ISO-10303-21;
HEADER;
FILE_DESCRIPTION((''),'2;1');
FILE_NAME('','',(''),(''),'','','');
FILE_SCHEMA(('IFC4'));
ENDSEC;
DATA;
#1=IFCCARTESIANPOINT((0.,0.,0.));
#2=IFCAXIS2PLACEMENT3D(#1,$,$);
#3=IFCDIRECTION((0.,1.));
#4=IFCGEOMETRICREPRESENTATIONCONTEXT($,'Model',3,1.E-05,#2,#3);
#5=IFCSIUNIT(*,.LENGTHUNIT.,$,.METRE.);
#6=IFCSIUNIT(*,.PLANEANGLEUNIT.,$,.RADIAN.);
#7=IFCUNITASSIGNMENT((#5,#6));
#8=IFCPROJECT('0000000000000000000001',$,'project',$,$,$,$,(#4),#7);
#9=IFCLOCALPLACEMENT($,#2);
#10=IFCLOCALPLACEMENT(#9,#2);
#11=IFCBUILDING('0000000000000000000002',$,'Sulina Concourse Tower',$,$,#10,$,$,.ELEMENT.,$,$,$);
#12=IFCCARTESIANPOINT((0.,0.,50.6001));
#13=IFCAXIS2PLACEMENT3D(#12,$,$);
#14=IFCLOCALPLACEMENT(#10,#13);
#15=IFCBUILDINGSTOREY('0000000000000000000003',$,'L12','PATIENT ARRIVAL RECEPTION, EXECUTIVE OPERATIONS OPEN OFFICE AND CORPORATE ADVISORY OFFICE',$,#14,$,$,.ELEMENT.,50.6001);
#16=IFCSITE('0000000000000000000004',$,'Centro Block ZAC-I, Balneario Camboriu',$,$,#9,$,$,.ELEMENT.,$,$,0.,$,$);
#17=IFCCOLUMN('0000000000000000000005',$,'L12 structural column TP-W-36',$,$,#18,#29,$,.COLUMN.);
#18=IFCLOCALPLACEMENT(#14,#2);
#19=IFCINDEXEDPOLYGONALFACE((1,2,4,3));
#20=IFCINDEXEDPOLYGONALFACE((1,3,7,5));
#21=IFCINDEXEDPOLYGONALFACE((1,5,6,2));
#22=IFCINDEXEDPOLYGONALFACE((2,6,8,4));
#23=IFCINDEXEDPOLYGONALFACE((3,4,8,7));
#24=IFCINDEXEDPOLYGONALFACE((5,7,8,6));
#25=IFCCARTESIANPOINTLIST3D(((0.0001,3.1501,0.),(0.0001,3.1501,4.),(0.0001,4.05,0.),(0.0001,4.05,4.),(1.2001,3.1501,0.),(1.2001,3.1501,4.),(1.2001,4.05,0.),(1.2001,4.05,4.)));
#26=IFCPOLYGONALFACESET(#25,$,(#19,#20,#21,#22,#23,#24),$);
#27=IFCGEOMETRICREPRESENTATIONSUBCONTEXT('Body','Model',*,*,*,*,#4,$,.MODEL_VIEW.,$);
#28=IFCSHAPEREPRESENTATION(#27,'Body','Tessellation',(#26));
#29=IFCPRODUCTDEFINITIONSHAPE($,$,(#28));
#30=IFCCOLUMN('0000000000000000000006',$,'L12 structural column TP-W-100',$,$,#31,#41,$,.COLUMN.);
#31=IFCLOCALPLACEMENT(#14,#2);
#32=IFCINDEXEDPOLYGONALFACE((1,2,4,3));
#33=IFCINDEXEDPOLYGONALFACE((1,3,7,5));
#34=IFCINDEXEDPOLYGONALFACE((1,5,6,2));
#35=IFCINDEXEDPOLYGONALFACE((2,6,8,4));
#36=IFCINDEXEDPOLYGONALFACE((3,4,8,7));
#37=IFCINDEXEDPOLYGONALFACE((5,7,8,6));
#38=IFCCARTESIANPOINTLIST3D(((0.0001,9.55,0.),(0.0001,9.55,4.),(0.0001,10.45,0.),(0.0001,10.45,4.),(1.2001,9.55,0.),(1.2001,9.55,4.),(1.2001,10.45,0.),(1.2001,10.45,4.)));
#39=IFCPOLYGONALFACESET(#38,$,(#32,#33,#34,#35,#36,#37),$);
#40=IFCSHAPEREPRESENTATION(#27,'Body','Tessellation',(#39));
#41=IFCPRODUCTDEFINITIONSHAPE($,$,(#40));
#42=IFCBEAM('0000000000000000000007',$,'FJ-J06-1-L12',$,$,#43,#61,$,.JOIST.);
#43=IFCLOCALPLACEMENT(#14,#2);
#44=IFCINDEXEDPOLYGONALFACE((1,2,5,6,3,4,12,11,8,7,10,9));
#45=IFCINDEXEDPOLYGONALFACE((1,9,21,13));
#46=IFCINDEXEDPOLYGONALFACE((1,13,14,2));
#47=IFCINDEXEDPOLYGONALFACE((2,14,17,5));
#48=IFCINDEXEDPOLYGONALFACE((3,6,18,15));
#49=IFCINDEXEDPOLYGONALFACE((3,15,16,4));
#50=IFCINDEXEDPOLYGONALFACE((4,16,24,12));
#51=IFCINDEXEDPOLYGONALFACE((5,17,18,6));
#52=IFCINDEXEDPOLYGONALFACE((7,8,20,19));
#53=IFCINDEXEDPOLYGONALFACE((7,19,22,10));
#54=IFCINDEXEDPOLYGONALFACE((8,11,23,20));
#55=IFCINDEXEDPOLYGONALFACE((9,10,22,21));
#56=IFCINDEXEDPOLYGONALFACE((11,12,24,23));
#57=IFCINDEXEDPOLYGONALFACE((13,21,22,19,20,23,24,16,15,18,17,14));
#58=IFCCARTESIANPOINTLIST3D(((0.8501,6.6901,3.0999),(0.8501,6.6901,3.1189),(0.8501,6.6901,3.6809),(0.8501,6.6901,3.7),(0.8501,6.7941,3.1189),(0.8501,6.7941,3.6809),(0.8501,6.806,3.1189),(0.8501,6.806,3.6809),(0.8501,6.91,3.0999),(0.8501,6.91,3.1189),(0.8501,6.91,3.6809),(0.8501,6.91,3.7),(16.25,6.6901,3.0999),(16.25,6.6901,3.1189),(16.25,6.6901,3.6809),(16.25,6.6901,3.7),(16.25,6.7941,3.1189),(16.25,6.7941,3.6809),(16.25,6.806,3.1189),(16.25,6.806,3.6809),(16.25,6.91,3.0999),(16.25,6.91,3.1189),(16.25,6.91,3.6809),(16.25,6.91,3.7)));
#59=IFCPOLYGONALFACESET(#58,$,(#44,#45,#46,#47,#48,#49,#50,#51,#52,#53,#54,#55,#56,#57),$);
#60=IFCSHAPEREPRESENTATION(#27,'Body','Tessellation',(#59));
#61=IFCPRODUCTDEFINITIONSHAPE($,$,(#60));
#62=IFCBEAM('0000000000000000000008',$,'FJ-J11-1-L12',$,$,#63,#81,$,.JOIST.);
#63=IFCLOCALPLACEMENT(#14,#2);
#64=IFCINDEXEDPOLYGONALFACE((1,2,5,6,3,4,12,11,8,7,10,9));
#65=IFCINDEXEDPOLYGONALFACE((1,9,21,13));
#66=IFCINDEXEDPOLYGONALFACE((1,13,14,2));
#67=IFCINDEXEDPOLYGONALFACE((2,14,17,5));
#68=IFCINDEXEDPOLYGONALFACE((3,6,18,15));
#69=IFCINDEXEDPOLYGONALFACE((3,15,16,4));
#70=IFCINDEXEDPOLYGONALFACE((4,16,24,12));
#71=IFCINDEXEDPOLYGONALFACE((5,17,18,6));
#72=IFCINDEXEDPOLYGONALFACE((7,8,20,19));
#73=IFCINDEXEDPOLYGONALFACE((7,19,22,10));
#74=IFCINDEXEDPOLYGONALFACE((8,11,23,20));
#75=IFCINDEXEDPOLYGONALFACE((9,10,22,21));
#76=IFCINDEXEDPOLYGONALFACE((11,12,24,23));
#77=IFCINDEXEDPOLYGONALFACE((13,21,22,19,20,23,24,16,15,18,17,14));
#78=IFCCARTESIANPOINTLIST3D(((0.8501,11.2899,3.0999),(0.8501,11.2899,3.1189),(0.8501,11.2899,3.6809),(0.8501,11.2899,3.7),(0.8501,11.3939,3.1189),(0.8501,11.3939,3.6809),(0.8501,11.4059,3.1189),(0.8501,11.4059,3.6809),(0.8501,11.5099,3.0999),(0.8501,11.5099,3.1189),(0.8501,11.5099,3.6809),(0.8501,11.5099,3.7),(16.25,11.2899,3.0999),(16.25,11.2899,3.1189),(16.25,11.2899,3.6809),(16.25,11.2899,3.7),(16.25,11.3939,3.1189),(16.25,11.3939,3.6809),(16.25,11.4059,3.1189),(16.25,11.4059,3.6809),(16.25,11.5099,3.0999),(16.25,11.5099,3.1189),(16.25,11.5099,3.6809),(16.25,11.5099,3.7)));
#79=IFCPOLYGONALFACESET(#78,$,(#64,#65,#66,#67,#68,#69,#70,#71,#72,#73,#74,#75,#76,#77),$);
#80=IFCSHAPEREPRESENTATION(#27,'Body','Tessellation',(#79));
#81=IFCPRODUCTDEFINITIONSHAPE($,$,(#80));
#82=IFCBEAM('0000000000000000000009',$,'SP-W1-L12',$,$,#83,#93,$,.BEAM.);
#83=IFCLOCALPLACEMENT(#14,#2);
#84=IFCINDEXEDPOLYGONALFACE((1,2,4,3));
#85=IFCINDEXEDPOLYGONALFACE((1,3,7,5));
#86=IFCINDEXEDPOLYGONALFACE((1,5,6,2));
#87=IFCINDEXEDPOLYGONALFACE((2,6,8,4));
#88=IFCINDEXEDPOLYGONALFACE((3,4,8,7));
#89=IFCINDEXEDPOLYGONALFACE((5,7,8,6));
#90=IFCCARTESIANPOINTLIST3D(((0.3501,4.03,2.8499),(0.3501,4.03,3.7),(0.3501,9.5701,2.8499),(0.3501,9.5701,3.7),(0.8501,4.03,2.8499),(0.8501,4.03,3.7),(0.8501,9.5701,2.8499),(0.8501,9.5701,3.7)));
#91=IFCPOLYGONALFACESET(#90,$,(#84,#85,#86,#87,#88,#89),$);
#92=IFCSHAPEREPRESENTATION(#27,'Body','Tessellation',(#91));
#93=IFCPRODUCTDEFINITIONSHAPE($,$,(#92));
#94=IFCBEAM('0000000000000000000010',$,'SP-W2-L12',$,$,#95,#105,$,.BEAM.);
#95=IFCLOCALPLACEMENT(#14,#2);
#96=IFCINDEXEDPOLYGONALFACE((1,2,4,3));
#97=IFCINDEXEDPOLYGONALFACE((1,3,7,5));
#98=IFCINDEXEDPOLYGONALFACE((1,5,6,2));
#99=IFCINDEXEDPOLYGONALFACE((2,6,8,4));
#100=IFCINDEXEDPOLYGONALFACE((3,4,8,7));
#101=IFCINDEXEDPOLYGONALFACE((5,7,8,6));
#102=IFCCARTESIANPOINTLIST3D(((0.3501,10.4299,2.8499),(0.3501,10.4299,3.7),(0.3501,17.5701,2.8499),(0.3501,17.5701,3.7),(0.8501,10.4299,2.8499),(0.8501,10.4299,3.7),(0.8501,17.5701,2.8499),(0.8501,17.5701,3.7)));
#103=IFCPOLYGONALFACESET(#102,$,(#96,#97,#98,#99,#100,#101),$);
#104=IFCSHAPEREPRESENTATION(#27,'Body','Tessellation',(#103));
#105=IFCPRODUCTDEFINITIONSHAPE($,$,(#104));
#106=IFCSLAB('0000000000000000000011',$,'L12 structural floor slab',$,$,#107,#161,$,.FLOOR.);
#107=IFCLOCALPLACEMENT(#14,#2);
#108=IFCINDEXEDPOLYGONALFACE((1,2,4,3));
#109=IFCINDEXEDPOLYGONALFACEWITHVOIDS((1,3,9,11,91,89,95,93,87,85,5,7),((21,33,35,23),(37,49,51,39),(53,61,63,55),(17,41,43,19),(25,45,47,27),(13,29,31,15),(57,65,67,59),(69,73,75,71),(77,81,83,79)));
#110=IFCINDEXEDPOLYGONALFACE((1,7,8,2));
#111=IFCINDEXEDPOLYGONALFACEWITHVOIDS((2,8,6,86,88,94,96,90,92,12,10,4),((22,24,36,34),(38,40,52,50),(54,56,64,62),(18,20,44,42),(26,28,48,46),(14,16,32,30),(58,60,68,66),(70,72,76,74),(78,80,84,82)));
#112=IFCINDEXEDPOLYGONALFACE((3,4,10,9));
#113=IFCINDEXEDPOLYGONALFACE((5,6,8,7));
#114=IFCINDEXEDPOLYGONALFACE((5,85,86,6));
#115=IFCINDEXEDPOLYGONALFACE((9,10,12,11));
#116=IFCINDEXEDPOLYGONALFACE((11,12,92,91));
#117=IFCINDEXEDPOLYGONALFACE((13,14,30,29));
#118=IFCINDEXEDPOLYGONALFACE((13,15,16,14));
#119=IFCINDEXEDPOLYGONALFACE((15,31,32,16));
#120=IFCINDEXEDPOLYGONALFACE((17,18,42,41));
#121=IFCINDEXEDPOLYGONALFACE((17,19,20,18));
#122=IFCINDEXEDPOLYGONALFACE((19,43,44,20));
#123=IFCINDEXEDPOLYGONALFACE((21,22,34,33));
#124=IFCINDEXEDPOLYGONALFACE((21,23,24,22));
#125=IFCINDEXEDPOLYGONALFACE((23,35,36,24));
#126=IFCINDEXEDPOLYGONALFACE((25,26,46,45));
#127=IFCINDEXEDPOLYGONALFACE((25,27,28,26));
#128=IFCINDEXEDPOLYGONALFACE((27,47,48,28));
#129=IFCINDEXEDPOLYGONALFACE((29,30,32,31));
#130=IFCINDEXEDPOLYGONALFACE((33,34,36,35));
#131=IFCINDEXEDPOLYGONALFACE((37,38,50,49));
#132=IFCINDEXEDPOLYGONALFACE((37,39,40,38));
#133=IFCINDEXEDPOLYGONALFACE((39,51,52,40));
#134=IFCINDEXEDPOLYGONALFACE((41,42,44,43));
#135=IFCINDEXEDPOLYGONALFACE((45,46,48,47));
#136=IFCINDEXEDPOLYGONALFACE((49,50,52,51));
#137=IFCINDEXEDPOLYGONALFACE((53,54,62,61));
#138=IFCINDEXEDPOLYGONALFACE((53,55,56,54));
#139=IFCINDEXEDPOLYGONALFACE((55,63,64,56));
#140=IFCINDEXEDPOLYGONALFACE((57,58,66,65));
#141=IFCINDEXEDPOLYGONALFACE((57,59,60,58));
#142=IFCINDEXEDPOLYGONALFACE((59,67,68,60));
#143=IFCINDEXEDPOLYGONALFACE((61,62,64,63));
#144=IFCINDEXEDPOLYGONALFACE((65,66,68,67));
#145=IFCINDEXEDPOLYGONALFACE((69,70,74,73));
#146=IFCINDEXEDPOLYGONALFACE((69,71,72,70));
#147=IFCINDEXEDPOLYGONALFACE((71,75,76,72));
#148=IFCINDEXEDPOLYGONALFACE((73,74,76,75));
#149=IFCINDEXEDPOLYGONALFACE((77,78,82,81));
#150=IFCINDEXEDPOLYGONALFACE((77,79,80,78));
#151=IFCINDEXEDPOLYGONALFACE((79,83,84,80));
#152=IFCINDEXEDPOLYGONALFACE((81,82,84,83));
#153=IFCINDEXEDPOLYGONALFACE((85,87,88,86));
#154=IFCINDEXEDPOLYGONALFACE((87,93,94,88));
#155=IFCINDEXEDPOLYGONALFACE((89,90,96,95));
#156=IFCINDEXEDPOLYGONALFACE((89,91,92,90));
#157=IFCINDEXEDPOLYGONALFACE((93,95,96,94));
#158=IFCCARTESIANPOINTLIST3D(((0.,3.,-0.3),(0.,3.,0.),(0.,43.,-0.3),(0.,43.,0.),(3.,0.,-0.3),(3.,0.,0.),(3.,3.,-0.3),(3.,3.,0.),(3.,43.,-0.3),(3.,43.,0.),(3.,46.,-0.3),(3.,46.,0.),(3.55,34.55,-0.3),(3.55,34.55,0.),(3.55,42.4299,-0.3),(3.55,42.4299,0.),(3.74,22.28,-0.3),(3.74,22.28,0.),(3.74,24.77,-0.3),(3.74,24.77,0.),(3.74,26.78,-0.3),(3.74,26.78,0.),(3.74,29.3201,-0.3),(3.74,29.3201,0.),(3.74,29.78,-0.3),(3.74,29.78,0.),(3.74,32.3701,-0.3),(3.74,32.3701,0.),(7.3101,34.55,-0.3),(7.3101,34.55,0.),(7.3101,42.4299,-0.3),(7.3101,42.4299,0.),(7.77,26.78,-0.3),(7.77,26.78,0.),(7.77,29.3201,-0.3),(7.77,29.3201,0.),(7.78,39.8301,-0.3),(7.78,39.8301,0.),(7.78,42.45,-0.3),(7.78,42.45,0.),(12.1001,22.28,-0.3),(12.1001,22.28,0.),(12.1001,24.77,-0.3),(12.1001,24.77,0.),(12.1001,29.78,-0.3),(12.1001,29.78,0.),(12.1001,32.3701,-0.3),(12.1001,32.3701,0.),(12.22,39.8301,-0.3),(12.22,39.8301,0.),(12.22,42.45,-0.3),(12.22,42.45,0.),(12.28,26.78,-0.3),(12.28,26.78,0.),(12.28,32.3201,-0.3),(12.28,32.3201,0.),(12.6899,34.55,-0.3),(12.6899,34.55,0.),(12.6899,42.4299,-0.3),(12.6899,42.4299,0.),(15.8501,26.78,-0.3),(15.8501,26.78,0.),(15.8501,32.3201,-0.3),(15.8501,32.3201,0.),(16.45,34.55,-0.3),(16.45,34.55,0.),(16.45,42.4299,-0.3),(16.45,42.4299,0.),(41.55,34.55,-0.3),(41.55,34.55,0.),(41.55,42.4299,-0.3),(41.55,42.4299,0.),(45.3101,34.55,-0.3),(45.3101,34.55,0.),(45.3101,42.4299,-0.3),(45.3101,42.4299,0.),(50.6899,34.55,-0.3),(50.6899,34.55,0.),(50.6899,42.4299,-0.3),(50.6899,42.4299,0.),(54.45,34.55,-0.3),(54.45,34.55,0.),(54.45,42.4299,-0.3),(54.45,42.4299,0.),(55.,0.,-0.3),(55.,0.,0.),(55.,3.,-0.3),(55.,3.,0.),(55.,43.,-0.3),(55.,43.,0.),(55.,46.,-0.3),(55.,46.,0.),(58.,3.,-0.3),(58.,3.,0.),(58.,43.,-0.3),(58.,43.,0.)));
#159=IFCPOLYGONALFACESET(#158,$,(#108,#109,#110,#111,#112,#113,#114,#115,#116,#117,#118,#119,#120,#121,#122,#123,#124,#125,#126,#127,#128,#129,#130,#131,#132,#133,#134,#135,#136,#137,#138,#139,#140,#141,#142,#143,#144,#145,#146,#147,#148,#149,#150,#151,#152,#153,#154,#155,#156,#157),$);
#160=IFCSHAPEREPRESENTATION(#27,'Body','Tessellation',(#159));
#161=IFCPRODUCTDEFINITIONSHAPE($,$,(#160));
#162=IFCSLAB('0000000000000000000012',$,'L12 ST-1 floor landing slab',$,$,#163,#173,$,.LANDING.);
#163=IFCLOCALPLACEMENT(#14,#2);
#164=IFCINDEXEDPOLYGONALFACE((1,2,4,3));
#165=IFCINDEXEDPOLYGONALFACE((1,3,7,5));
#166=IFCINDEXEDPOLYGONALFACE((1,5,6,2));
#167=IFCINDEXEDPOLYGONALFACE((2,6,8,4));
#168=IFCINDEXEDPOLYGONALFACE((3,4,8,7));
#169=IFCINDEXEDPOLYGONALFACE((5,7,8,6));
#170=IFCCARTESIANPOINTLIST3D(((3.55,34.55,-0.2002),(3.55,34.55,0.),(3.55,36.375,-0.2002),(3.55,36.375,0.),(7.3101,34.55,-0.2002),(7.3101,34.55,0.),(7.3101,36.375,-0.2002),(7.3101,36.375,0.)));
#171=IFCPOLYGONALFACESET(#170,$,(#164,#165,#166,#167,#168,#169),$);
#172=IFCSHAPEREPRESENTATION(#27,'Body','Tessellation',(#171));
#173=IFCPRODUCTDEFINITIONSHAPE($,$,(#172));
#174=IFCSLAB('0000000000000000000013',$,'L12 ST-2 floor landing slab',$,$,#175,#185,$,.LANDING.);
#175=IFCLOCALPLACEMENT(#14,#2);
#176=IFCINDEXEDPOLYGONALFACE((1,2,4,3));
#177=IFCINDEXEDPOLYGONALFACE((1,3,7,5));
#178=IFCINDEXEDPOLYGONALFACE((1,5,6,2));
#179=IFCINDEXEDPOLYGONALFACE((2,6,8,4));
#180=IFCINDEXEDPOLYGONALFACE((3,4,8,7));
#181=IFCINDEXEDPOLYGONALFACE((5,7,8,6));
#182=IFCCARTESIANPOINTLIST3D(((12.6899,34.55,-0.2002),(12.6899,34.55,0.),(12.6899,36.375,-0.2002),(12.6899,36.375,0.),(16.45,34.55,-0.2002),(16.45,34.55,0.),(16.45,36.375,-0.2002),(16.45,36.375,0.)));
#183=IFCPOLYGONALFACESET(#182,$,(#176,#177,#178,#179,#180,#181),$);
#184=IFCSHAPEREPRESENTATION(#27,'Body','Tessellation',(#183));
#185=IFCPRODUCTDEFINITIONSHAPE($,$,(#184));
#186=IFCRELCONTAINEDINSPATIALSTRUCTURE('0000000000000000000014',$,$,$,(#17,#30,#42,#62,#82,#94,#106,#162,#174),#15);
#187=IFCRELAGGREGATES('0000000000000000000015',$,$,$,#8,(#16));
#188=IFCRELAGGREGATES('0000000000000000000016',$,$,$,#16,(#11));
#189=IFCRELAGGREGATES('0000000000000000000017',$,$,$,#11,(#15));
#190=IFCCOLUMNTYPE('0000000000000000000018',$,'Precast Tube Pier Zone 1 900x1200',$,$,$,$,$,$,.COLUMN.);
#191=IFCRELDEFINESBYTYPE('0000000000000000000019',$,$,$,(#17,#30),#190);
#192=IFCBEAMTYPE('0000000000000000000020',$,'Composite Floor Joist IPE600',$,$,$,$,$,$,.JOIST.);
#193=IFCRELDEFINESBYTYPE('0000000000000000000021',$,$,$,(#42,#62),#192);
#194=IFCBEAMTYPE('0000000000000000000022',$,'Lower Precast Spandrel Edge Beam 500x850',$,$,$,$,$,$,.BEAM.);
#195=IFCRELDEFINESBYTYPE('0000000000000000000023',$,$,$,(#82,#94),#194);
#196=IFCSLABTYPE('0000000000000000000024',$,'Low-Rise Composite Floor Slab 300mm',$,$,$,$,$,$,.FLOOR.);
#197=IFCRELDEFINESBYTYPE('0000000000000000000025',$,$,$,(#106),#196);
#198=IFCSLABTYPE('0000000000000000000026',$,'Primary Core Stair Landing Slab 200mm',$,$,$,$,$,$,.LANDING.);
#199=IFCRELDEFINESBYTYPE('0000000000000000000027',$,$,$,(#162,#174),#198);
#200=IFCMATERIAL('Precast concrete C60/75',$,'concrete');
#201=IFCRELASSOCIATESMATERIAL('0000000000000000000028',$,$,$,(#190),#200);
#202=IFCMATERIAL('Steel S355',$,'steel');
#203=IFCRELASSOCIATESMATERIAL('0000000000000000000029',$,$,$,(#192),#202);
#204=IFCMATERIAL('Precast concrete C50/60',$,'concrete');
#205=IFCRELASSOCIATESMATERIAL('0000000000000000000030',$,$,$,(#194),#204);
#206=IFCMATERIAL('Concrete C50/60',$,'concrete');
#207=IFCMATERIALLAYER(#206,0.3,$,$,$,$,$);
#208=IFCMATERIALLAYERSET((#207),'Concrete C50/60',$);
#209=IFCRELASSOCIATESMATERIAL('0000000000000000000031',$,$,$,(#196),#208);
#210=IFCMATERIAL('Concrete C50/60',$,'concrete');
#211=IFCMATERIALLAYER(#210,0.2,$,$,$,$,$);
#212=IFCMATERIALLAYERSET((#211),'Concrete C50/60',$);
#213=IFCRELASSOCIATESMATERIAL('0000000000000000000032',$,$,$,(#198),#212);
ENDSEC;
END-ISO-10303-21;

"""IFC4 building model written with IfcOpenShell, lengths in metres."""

from ifc_helpers import new_model, si_unit, direction, frame, origin, origin_2d, place, context, subcontext, project, spatial, polyline, rectangle, i_section, outline, extrude, material, layer, layer_set, material_profile, profile_set, type_object, element, save


model = new_model("IFC4")

# Units and contexts
model_context = context("Model", 3, precision=1e-05, world=origin(), true_north=direction((0.0, 1.0)))
body_context = subcontext(model_context, "Body", "Model", "MODEL_VIEW")
ifc_project = project(units=[si_unit("LENGTHUNIT", "METRE"), si_unit("PLANEANGLEUNIT", "RADIAN")], contexts=[model_context])

# Site, building, storey
site_placement = place(None, origin())
site = spatial("IfcSite", under=ifc_project, at=site_placement, Name="Centro Block ZAC-I, Balneario Camboriu", CompositionType="ELEMENT", RefElevation=0.0)
building_placement = place(site_placement, origin())
building = spatial("IfcBuilding", under=site, at=building_placement, Name="Sulina Concourse Tower", CompositionType="ELEMENT")
storey_placement = place(building_placement, frame((0.0, 0.0, 50.6001)))
storey = spatial("IfcBuildingStorey", under=building, at=storey_placement, Name="L12", Description="PATIENT ARRIVAL RECEPTION, EXECUTIVE OPERATIONS OPEN OFFICE AND CORPORATE ADVISORY OFFICE", CompositionType="ELEMENT", Elevation=50.6001)

# Columns
ifc_material_1 = material(Name="Precast concrete C60/75", Category="concrete")
ifc_material_profile_1 = material_profile(ifc_material_1, rectangle(XDim=0.8999, YDim=1.2, at=origin_2d()), Name="PC 900x1200")
ifc_profile_set_1 = profile_set([ifc_material_profile_1], Name="Precast concrete C60/75")
column_type = type_object("IfcColumnType", Name="Precast Tube Pier Zone 1 900x1200", PredefinedType="COLUMN", material=ifc_profile_set_1)
for number, where, z_axis, x_axis, name in (
    (1, (0.6001, 3.6001, 0.0), (0.0, 0.0, 1.0), (0.0, 1.0, 0.0), "L12 structural column TP-W-36"),
    (2, (0.6001, 10.0, 0.0), (0.0, 0.0, 1.0), (0.0, 1.0, 0.0), "L12 structural column TP-W-100"),
):
    element("IfcColumn", number, at=place(storey_placement, frame(where, z_axis=z_axis, x_axis=x_axis)), inside=storey, type_object=column_type, Name=name, PredefinedType="COLUMN", context=body_context, shape_type="SweptSolid", body=[
        extrude(rectangle(XDim=0.8999, YDim=1.2, at=origin_2d()), origin(), (0.0, 0.0, 1.0), 4.0),
    ])

# Beams
ifc_material_2 = material(Name="Steel S355", Category="steel")
ifc_material_profile_2 = material_profile(ifc_material_2, i_section(OverallWidth=0.22, OverallDepth=0.6001, WebThickness=0.012, FlangeThickness=0.019, at=origin_2d()), Name="IPE 600")
ifc_profile_set_2 = profile_set([ifc_material_profile_2], Name="Steel S355")
beam_type_1 = type_object("IfcBeamType", Name="Composite Floor Joist IPE600", PredefinedType="JOIST", material=ifc_profile_set_2)
for number, where, z_axis, x_axis, name in (
    (3, (0.8501, 6.8, 3.3999), (1.0, 0.0, 0.0), (0.0, 1.0, 0.0), "FJ-J06-1-L12"),
    (4, (0.8501, 11.3999, 3.3999), (1.0, 0.0, 0.0), (0.0, 1.0, 0.0), "FJ-J11-1-L12"),
):
    element("IfcBeam", number, at=place(storey_placement, frame(where, z_axis=z_axis, x_axis=x_axis)), inside=storey, type_object=beam_type_1, Name=name, PredefinedType="JOIST", context=body_context, shape_type="SweptSolid", body=[
        extrude(i_section(OverallWidth=0.22, OverallDepth=0.6001, WebThickness=0.012, FlangeThickness=0.019, at=origin_2d()), origin(), (0.0, 0.0, 1.0), 15.3999),
    ])
ifc_material_3 = material(Name="Precast concrete C50/60", Category="concrete")
ifc_material_profile_3 = material_profile(ifc_material_3, rectangle(XDim=0.5, YDim=0.8501, at=origin_2d()), Name="RC 500x850")
ifc_profile_set_3 = profile_set([ifc_material_profile_3], Name="Precast concrete C50/60")
beam_type_2 = type_object("IfcBeamType", Name="Lower Precast Spandrel Edge Beam 500x850", PredefinedType="BEAM", material=ifc_profile_set_3)
beam_1_placement = place(storey_placement, frame((0.6001, 4.03, 3.2749), z_axis=(0.0, 1.0, 0.0), x_axis=(-1.0, 0.0, 0.0)))
element("IfcBeam", 5, at=beam_1_placement, inside=storey, type_object=beam_type_2, Name="SP-W1-L12", PredefinedType="BEAM", context=body_context, shape_type="SweptSolid", body=[
    extrude(rectangle(XDim=0.5, YDim=0.8501, at=origin_2d()), origin(), (0.0, 0.0, 1.0), 5.54),
])
beam_2_placement = place(storey_placement, frame((0.6001, 10.4299, 3.2749), z_axis=(0.0, 1.0, 0.0), x_axis=(-1.0, 0.0, 0.0)))
element("IfcBeam", 6, at=beam_2_placement, inside=storey, type_object=beam_type_2, Name="SP-W2-L12", PredefinedType="BEAM", context=body_context, shape_type="SweptSolid", body=[
    extrude(rectangle(XDim=0.5, YDim=0.8501, at=origin_2d()), origin(), (0.0, 0.0, 1.0), 7.1401),
])

# Slabs
ifc_material_4 = material(Name="Concrete C50/60", Category="concrete")
ifc_layer_1 = layer(ifc_material_4, 0.3)
ifc_layer_set_1 = layer_set([ifc_layer_1], Name="Concrete C50/60")
slab_type_1 = type_object("IfcSlabType", Name="Low-Rise Composite Floor Slab 300mm", PredefinedType="FLOOR", material=ifc_layer_set_1)
slab_1_placement = place(storey_placement, frame((0.0, 0.0, -0.3)))
element("IfcSlab", 7, at=slab_1_placement, inside=storey, type_object=slab_type_1, Name="L12 structural floor slab", PredefinedType="FLOOR", context=body_context, shape_type="SweptSolid", body=[
    extrude(outline(polyline([(3.0, 0.0), (55.0, 0.0), (55.0, 3.0), (58.0, 3.0), (58.0, 43.0), (55.0, 43.0), (55.0, 46.0), (3.0, 46.0), (3.0, 43.0), (0.0, 43.0), (0.0, 3.0), (3.0, 3.0), (3.0, 0.0)]), holes=[polyline([(7.3101, 34.55), (7.3101, 42.4299), (3.55, 42.4299), (3.55, 34.55), (7.3101, 34.55)]), polyline([(16.45, 34.55), (16.45, 42.4299), (12.6899, 42.4299), (12.6899, 34.55), (16.45, 34.55)]), polyline([(45.3101, 34.55), (45.3101, 42.4299), (41.55, 42.4299), (41.55, 34.55), (45.3101, 34.55)]), polyline([(54.45, 34.55), (54.45, 42.4299), (50.6899, 42.4299), (50.6899, 34.55), (54.45, 34.55)]), polyline([(7.78, 39.8301), (12.22, 39.8301), (12.22, 42.45), (7.78, 42.45), (7.78, 39.8301)]), polyline([(3.74, 26.78), (7.77, 26.78), (7.77, 29.3201), (3.74, 29.3201), (3.74, 26.78)]), polyline([(3.74, 29.78), (12.1001, 29.78), (12.1001, 32.3701), (3.74, 32.3701), (3.74, 29.78)]), polyline([(3.74, 22.28), (12.1001, 22.28), (12.1001, 24.77), (3.74, 24.77), (3.74, 22.28)]), polyline([(12.28, 26.78), (15.8501, 26.78), (15.8501, 32.3201), (12.28, 32.3201), (12.28, 26.78)])]), origin(), (0.0, 0.0, 1.0), 0.3),
])
ifc_material_5 = material(Name="Concrete C50/60", Category="concrete")
ifc_layer_2 = layer(ifc_material_5, 0.2)
ifc_layer_set_2 = layer_set([ifc_layer_2], Name="Concrete C50/60")
slab_type_2 = type_object("IfcSlabType", Name="Primary Core Stair Landing Slab 200mm", PredefinedType="LANDING", material=ifc_layer_set_2)
slab_2_placement = place(storey_placement, frame((0.0, 0.0, -0.2002)))
element("IfcSlab", 8, at=slab_2_placement, inside=storey, type_object=slab_type_2, Name="L12 ST-1 floor landing slab", PredefinedType="LANDING", context=body_context, shape_type="SweptSolid", body=[
    extrude(outline(polyline([(7.3101, 34.55), (7.3101, 36.375), (3.55, 36.375), (3.55, 34.55), (7.3101, 34.55)])), origin(), (0.0, 0.0, 1.0), 0.2002),
])
slab_3_placement = place(storey_placement, frame((0.0, 0.0, -0.2002)))
element("IfcSlab", 9, at=slab_3_placement, inside=storey, type_object=slab_type_2, Name="L12 ST-2 floor landing slab", PredefinedType="LANDING", context=body_context, shape_type="SweptSolid", body=[
    extrude(outline(polyline([(16.45, 34.55), (16.45, 36.375), (12.6899, 36.375), (12.6899, 34.55), (16.45, 34.55)])), origin(), (0.0, 0.0, 1.0), 0.2002),
])

save(model, "model.ifc")
